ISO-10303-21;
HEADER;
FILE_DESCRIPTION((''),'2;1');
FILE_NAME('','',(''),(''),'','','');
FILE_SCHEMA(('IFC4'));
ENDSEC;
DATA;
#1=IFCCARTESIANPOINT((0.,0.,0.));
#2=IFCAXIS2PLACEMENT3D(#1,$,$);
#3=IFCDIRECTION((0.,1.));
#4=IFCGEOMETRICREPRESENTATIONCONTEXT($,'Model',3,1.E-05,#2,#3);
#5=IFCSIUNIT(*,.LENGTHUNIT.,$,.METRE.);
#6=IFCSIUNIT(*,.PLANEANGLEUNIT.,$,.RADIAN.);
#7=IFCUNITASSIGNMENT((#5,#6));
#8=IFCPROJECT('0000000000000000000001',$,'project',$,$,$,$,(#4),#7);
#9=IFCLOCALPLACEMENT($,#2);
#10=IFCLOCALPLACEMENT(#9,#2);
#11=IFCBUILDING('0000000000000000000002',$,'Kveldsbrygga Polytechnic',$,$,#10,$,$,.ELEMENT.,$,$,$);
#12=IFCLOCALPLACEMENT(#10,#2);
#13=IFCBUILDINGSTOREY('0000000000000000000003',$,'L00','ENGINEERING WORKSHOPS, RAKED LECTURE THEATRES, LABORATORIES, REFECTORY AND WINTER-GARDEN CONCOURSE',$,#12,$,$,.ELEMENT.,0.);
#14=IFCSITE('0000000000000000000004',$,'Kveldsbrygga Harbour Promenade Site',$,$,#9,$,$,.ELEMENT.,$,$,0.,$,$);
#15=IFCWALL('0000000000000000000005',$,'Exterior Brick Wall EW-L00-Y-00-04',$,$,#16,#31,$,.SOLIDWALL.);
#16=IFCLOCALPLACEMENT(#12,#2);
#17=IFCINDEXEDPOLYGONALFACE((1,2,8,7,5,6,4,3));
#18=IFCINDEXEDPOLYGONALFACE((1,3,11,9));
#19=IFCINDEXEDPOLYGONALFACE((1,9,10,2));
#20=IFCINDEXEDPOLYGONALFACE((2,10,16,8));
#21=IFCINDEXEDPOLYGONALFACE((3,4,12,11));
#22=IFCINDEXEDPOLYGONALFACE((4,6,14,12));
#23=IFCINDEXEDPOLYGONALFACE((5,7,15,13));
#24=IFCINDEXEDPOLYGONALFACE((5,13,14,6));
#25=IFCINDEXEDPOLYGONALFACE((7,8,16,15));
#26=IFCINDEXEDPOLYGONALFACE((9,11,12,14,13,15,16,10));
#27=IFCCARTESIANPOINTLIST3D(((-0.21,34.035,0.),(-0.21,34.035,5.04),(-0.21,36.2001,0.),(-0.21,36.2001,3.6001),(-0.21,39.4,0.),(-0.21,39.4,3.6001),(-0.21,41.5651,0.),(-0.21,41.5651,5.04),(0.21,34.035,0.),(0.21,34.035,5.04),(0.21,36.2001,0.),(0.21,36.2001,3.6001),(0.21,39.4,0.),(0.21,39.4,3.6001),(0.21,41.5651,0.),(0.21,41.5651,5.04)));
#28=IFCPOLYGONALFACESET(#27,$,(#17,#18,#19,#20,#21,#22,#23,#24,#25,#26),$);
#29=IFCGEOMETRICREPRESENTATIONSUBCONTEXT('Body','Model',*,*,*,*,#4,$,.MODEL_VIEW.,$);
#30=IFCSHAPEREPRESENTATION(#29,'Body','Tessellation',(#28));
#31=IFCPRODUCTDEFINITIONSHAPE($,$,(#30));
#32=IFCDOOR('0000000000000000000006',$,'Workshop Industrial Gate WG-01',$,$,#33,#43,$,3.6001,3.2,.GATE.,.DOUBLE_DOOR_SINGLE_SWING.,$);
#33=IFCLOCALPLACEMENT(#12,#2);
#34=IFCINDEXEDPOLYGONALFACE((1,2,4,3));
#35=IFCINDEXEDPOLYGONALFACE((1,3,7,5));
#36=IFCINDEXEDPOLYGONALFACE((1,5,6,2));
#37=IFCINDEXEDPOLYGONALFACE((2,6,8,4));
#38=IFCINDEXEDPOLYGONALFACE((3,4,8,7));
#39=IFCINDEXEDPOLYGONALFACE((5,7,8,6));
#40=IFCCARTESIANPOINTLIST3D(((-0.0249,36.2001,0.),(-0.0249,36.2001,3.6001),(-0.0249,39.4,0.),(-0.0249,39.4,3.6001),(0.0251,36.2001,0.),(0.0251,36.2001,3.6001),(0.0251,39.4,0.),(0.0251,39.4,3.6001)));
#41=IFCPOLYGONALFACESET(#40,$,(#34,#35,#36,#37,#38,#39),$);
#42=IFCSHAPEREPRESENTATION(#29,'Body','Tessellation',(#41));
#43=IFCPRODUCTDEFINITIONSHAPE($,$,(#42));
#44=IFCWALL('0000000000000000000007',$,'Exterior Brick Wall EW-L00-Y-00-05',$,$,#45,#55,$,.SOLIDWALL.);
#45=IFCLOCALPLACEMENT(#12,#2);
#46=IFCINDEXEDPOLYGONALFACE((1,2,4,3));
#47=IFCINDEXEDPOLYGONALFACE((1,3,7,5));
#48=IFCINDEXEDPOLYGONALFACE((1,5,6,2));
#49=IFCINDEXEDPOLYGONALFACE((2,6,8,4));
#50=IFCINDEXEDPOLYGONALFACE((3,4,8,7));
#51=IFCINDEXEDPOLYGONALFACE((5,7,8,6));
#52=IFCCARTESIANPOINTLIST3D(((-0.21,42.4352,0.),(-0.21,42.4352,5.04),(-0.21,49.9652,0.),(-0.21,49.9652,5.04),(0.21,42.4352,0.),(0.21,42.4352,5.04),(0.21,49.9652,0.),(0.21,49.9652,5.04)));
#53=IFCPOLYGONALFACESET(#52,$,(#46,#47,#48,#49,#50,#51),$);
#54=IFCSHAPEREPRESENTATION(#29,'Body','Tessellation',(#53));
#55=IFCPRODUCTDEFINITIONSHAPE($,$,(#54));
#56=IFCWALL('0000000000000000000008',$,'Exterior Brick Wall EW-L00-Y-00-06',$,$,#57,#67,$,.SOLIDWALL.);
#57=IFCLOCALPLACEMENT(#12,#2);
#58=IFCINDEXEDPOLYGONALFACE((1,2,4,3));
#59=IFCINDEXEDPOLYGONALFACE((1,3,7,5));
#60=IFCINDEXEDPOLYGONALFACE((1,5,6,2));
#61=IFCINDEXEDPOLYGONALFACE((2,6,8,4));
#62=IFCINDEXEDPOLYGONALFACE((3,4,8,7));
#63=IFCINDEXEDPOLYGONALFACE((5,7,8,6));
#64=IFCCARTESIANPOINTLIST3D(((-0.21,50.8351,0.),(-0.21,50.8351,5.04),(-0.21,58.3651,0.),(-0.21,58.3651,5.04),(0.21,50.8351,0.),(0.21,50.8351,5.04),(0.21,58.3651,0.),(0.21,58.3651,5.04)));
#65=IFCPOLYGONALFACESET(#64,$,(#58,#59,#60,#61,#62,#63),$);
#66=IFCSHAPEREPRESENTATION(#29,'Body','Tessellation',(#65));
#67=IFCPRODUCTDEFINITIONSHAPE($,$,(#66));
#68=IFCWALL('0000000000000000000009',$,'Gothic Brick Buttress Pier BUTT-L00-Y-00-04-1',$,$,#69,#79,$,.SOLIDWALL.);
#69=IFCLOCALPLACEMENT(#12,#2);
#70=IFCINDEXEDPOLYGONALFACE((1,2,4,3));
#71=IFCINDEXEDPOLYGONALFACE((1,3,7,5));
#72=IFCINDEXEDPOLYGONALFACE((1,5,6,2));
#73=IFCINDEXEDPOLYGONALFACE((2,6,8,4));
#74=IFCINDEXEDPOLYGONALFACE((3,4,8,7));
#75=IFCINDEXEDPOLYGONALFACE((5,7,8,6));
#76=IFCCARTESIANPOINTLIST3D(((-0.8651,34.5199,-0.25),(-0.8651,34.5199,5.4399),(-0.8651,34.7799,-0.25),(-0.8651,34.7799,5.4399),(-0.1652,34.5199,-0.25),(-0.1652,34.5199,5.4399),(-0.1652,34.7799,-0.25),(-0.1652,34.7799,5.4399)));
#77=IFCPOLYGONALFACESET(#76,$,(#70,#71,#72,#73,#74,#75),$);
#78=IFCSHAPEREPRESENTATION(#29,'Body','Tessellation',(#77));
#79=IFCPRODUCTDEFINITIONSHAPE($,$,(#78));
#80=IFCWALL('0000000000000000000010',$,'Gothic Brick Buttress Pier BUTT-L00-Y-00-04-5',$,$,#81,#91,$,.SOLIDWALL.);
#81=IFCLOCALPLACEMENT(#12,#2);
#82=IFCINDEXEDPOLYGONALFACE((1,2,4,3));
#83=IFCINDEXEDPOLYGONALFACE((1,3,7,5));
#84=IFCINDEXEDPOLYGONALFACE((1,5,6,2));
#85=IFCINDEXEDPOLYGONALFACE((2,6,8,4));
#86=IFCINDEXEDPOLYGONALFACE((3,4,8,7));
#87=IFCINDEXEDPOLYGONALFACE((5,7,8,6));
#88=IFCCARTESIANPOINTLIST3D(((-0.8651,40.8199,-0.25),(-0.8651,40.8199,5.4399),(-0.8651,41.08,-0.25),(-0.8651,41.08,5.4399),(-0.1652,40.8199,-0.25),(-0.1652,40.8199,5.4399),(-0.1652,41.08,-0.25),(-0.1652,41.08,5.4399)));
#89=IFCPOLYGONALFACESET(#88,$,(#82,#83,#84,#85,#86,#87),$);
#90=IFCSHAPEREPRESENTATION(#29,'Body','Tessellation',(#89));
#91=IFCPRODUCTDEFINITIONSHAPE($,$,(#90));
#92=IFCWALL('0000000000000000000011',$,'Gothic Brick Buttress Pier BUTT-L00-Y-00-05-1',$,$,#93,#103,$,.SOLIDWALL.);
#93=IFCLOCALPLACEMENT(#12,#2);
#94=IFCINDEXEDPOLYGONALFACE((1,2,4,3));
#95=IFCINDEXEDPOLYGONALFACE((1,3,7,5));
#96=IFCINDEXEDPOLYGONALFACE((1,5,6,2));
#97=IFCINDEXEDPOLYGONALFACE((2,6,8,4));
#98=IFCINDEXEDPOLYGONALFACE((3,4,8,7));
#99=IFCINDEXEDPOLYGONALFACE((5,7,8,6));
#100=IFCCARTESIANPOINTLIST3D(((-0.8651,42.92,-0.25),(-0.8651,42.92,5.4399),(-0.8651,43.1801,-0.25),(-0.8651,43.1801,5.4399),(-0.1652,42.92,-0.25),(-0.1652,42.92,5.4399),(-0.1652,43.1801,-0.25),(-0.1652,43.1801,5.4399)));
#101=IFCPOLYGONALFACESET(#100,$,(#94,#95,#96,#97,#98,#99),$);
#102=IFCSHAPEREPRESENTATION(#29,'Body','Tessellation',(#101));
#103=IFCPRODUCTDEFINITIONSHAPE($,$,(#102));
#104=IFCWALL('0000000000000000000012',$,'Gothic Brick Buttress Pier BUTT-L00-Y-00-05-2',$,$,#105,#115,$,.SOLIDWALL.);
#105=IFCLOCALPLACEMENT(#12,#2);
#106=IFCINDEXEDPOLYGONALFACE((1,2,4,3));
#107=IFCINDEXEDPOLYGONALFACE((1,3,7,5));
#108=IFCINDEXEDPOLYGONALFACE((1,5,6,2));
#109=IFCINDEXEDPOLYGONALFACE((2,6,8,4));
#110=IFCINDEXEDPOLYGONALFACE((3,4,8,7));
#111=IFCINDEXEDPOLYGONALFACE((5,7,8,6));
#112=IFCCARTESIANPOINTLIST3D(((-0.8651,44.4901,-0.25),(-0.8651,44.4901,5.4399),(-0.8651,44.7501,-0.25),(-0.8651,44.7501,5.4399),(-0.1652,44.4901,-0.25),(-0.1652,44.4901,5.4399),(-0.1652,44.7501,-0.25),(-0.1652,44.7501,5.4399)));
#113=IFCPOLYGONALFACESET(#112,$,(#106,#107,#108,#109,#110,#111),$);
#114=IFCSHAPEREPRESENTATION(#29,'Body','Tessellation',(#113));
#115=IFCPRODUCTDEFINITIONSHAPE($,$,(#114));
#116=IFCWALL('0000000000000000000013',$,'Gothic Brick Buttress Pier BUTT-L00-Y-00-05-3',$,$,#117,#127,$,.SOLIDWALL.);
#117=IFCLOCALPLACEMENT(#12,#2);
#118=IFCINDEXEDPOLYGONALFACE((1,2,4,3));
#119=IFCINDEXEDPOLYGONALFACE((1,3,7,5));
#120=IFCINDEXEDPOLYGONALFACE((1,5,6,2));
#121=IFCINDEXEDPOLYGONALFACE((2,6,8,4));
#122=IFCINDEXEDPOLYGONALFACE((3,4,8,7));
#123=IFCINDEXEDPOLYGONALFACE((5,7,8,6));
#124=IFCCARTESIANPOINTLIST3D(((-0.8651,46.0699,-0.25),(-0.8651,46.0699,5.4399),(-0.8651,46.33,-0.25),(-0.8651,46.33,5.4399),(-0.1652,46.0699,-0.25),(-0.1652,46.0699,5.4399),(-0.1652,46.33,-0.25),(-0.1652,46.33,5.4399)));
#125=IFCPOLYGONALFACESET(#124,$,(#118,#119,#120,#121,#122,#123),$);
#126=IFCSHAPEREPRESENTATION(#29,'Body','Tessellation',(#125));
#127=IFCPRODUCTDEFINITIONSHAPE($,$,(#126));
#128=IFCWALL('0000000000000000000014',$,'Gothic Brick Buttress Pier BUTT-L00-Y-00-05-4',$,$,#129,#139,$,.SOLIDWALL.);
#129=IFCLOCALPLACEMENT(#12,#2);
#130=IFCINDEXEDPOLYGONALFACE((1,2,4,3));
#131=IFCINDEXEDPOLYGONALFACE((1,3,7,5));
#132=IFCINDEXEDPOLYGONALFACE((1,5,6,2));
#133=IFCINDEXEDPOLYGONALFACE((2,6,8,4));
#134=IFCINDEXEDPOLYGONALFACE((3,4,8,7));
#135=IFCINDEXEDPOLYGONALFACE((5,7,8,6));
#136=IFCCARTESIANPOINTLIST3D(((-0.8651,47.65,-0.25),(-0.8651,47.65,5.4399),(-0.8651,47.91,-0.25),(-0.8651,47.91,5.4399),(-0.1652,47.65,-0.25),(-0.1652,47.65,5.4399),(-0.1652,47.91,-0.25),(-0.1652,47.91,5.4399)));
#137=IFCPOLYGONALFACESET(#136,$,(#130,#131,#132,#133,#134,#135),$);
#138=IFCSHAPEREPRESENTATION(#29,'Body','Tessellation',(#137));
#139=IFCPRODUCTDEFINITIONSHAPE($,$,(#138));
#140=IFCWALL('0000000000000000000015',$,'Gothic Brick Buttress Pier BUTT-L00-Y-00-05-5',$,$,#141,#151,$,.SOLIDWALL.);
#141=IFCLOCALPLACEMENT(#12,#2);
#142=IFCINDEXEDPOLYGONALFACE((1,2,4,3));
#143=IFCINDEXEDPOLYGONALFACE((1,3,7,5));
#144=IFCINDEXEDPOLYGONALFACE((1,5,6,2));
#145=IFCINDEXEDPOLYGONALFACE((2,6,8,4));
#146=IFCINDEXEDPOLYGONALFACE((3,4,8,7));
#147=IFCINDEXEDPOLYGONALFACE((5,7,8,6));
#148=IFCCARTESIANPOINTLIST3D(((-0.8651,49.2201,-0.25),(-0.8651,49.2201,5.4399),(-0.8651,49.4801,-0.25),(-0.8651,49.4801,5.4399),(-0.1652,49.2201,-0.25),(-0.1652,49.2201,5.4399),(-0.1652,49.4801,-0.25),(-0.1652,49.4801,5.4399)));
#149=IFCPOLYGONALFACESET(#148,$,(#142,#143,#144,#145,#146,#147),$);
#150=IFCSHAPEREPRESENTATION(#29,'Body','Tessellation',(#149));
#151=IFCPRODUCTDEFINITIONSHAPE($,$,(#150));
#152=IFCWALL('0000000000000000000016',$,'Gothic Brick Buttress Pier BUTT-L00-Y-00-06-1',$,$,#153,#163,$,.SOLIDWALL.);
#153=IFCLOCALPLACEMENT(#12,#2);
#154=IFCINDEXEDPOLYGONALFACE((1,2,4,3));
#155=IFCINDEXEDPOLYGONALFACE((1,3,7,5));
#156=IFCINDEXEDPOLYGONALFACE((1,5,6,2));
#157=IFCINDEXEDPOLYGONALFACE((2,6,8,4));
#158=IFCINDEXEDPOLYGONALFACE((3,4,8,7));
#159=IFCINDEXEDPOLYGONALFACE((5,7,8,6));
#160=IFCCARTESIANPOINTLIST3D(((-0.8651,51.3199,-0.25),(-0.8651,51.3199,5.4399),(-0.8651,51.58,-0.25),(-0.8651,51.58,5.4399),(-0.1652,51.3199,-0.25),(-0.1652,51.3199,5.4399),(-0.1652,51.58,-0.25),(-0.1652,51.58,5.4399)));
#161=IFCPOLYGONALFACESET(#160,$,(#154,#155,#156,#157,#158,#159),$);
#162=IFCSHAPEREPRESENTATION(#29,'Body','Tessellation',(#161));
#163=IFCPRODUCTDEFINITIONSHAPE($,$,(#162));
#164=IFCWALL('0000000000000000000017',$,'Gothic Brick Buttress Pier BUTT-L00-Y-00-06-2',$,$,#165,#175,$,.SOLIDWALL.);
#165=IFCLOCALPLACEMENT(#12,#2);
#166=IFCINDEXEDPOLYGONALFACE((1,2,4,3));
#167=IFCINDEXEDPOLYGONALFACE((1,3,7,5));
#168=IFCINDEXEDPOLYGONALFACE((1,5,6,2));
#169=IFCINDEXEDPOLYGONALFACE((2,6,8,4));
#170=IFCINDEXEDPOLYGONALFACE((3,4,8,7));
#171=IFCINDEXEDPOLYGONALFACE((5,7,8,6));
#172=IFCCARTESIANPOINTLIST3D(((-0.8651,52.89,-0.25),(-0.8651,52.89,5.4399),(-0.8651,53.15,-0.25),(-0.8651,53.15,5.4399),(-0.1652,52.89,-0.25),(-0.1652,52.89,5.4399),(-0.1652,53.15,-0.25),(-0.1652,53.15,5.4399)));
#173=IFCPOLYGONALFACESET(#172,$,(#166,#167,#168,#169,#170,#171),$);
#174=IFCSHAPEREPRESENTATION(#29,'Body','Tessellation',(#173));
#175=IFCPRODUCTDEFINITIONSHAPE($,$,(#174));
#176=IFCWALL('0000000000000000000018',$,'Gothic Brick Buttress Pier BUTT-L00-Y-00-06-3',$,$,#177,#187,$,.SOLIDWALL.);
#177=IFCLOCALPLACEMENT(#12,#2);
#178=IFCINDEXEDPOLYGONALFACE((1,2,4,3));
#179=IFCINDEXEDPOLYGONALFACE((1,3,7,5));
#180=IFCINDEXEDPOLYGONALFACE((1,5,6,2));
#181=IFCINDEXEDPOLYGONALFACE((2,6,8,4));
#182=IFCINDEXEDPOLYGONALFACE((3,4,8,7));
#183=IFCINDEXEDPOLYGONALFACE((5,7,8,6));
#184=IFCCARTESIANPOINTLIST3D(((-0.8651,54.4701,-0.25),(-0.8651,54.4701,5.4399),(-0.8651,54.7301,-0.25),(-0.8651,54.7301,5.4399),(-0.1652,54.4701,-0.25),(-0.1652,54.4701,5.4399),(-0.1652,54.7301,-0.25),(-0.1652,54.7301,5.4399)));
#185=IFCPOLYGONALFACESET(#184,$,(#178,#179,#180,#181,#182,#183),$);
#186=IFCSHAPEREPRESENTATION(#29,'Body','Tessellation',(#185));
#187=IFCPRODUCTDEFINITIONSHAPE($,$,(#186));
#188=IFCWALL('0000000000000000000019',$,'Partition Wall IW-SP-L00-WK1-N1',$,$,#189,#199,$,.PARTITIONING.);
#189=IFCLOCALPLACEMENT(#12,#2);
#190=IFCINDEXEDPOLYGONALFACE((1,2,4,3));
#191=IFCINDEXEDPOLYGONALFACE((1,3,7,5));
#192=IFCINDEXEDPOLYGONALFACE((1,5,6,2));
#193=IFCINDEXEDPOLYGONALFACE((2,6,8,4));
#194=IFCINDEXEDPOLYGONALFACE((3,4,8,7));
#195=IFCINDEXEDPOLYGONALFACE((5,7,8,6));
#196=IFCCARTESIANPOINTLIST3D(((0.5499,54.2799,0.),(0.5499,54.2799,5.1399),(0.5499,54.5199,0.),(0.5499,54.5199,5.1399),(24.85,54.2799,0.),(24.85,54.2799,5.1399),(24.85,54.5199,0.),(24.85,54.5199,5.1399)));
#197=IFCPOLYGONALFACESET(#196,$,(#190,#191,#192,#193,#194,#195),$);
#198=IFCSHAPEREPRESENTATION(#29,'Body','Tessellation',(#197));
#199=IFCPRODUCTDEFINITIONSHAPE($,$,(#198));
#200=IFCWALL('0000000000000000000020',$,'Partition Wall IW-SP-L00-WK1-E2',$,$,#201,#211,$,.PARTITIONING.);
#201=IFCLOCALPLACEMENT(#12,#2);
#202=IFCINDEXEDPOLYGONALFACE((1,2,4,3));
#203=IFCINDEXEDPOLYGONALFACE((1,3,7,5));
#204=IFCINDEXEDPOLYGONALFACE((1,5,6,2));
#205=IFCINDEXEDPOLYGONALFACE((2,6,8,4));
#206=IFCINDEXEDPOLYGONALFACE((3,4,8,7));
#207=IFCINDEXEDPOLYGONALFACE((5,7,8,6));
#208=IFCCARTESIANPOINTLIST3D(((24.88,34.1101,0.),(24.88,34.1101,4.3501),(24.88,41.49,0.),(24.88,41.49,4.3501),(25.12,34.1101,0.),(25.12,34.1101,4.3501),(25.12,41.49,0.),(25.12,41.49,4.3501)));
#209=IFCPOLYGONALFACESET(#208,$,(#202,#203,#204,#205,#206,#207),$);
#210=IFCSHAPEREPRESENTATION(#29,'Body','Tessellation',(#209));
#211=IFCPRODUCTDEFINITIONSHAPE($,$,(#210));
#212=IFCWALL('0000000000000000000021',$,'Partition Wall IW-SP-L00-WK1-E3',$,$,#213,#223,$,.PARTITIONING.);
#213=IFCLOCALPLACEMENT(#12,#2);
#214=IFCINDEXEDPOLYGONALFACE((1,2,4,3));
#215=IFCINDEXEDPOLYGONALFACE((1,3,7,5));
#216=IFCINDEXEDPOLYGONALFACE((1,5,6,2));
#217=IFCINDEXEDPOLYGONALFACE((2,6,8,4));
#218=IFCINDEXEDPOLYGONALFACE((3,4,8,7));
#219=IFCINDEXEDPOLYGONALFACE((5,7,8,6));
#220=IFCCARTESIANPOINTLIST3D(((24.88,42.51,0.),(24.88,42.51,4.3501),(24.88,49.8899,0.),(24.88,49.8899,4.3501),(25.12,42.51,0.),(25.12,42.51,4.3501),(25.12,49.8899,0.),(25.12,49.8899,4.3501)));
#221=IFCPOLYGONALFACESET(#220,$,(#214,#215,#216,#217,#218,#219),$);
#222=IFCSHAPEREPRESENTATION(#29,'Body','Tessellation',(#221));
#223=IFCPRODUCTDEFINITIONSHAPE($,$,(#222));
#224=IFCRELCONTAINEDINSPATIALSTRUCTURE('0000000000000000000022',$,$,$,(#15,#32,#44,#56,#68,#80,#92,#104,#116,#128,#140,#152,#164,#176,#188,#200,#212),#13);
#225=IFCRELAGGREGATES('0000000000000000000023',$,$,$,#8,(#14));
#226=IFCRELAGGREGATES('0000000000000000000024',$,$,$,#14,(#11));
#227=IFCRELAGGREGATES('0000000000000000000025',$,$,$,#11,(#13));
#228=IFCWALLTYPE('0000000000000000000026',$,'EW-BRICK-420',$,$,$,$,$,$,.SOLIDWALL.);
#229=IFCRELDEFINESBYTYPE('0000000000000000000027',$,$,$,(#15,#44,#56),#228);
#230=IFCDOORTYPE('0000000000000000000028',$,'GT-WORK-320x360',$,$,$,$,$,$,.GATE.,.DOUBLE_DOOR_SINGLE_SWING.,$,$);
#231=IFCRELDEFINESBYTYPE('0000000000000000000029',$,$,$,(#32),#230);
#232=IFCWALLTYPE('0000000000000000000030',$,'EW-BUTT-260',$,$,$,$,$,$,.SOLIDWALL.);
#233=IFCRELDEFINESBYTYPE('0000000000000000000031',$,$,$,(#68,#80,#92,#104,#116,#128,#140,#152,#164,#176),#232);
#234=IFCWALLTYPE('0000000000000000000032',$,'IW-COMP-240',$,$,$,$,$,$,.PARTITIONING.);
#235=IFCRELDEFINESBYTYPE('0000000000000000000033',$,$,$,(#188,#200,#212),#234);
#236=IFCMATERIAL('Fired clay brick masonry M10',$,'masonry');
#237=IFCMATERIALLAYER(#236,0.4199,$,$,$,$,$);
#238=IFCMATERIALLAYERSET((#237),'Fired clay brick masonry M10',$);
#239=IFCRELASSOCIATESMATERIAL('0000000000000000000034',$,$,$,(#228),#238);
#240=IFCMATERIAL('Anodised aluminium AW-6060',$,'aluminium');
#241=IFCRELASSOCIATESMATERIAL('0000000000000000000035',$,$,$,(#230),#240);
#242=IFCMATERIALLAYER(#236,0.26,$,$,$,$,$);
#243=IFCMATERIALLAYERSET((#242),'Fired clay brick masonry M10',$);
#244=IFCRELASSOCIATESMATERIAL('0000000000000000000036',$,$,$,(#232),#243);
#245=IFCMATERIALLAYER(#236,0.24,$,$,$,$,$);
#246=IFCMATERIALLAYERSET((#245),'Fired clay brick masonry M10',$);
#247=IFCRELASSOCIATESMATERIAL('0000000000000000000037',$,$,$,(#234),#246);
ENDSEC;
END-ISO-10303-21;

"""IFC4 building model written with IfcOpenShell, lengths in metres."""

from ifc_helpers import new_model, si_unit, direction, frame, frame_2d, origin, place, context, subcontext, project, spatial, rectangle, extrude, material, layer, layer_set, type_object, element, fill, save


model = new_model("IFC4")

# Units and contexts
model_context = context("Model", 3, precision=1e-05, world=origin(), true_north=direction((0.0, 1.0)))
body_context = subcontext(model_context, "Body", "Model", "MODEL_VIEW")
ifc_project = project(units=[si_unit("LENGTHUNIT", "METRE"), si_unit("PLANEANGLEUNIT", "RADIAN")], contexts=[model_context])

# Site, building, storey
site_placement = place(None, origin())
site = spatial("IfcSite", under=ifc_project, at=site_placement, Name="Kveldsbrygga Harbour Promenade Site", CompositionType="ELEMENT", RefElevation=0.0)
building_placement = place(site_placement, origin())
building = spatial("IfcBuilding", under=site, at=building_placement, Name="Kveldsbrygga Polytechnic", CompositionType="ELEMENT")
storey_placement = place(building_placement, origin())
storey = spatial("IfcBuildingStorey", under=building, at=storey_placement, Name="L00", Description="ENGINEERING WORKSHOPS, RAKED LECTURE THEATRES, LABORATORIES, REFECTORY AND WINTER-GARDEN CONCOURSE", CompositionType="ELEMENT", Elevation=0.0)

# Wall, opening, door
ifc_material_1 = material(Name="Fired clay brick masonry M10", Category="masonry")
ifc_layer_1 = layer(ifc_material_1, 0.4199)
ifc_layer_set_1 = layer_set([ifc_layer_1], Name="Fired clay brick masonry M10")
wall_type_1 = type_object("IfcWallType", Name="EW-BRICK-420", PredefinedType="SOLIDWALL", material=ifc_layer_set_1)
wall_1_placement = place(storey_placement, frame((0.0, 34.0349, 0.0), z_axis=(0.0, 0.0, 1.0), x_axis=(0.0, 1.0, 0.0)))
wall_1 = element("IfcWall", 1, at=wall_1_placement, inside=storey, type_object=wall_type_1, Name="Exterior Brick Wall EW-L00-Y-00-04", PredefinedType="SOLIDWALL", context=body_context, shape_type="SweptSolid", body=[
    extrude(rectangle(XDim=7.53, YDim=0.4199, at=frame_2d((3.7651, 0.0))), origin(), (0.0, 0.0, 1.0), 5.04),
])
opening_1_placement = place(wall_1_placement, frame((2.165, 0.0, 0.0)))
opening_1 = element("IfcOpeningElement", 2, at=opening_1_placement, cuts=wall_1, PredefinedType="OPENING", context=body_context, shape_type="SweptSolid", body=[
    extrude(rectangle(XDim=3.2, YDim=3.6001, at=frame_2d((1.6001, 1.8))), frame((0.0, 0.22, 0.0), z_axis=(0.0, -1.0, 0.0), x_axis=(1.0, 0.0, 0.0)), (0.0, 0.0, 1.0), 0.4399),
])
ifc_material_2 = material(Name="Anodised aluminium AW-6060", Category="aluminium")
door_type_1 = type_object("IfcDoorType", Name="GT-WORK-320x360", OperationType="DOUBLE_DOOR_SINGLE_SWING", PredefinedType="GATE", material=ifc_material_2)
door_1_placement = place(opening_1_placement, origin())
door_1 = element("IfcDoor", 3, at=door_1_placement, inside=storey, type_object=door_type_1, Name="Workshop Industrial Gate WG-01", OperationType="DOUBLE_DOOR_SINGLE_SWING", OverallHeight=3.6001, OverallWidth=3.2, PredefinedType="GATE", context=body_context, shape_type="SweptSolid", body=[
    extrude(rectangle(XDim=3.2, YDim=3.6001, at=frame_2d((1.6001, 1.8))), frame((0.0, 0.0249, 0.0), z_axis=(0.0, -1.0, 0.0), x_axis=(1.0, 0.0, 0.0)), (0.0, 0.0, 1.0), 0.05),
])
fill(opening_1, door_1)

# Walls
for number, where, z_axis, x_axis, name in (
    (4, (0.0, 42.4351, 0.0), (0.0, 0.0, 1.0), (0.0, 1.0, 0.0), "Exterior Brick Wall EW-L00-Y-00-05"),
    (5, (0.0, 50.835, 0.0), (0.0, 0.0, 1.0), (0.0, 1.0, 0.0), "Exterior Brick Wall EW-L00-Y-00-06"),
):
    element("IfcWall", number, at=place(storey_placement, frame(where, z_axis=z_axis, x_axis=x_axis)), inside=storey, type_object=wall_type_1, Name=name, PredefinedType="SOLIDWALL", context=body_context, shape_type="SweptSolid", body=[
        extrude(rectangle(XDim=7.53, YDim=0.4199, at=frame_2d((3.7651, 0.0))), origin(), (0.0, 0.0, 1.0), 5.04),
    ])
ifc_layer_2 = layer(ifc_material_1, 0.26)
ifc_layer_set_2 = layer_set([ifc_layer_2], Name="Fired clay brick masonry M10")
wall_type_2 = type_object("IfcWallType", Name="EW-BUTT-260", PredefinedType="SOLIDWALL", material=ifc_layer_set_2)
for number, where, z_axis, x_axis, name in (
    (6, (-0.165, 34.6499, -0.25), (0.0, 0.0, 1.0), (-1.0, 0.0, 0.0), "Gothic Brick Buttress Pier BUTT-L00-Y-00-04-1"),
    (7, (-0.165, 40.95, -0.25), (0.0, 0.0, 1.0), (-1.0, 0.0, 0.0), "Gothic Brick Buttress Pier BUTT-L00-Y-00-04-5"),
    (8, (-0.165, 43.05, -0.25), (0.0, 0.0, 1.0), (-1.0, 0.0, 0.0), "Gothic Brick Buttress Pier BUTT-L00-Y-00-05-1"),
    (9, (-0.165, 44.6201, -0.25), (0.0, 0.0, 1.0), (-1.0, 0.0, 0.0), "Gothic Brick Buttress Pier BUTT-L00-Y-00-05-2"),
    (10, (-0.165, 46.2, -0.25), (0.0, 0.0, 1.0), (-1.0, 0.0, 0.0), "Gothic Brick Buttress Pier BUTT-L00-Y-00-05-3"),
    (11, (-0.165, 47.78, -0.25), (0.0, 0.0, 1.0), (-1.0, 0.0, 0.0), "Gothic Brick Buttress Pier BUTT-L00-Y-00-05-4"),
    (12, (-0.165, 49.3501, -0.25), (0.0, 0.0, 1.0), (-1.0, 0.0, 0.0), "Gothic Brick Buttress Pier BUTT-L00-Y-00-05-5"),
    (13, (-0.165, 51.45, -0.25), (0.0, 0.0, 1.0), (-1.0, 0.0, 0.0), "Gothic Brick Buttress Pier BUTT-L00-Y-00-06-1"),
    (14, (-0.165, 53.02, -0.25), (0.0, 0.0, 1.0), (-1.0, 0.0, 0.0), "Gothic Brick Buttress Pier BUTT-L00-Y-00-06-2"),
    (15, (-0.165, 54.6001, -0.25), (0.0, 0.0, 1.0), (-1.0, 0.0, 0.0), "Gothic Brick Buttress Pier BUTT-L00-Y-00-06-3"),
):
    element("IfcWall", number, at=place(storey_placement, frame(where, z_axis=z_axis, x_axis=x_axis)), inside=storey, type_object=wall_type_2, Name=name, PredefinedType="SOLIDWALL", context=body_context, shape_type="SweptSolid", body=[
        extrude(rectangle(XDim=0.7, YDim=0.26, at=frame_2d((0.3501, 0.0))), origin(), (0.0, 0.0, 1.0), 5.6899),
    ])
ifc_layer_3 = layer(ifc_material_1, 0.24)
ifc_layer_set_3 = layer_set([ifc_layer_3], Name="Fired clay brick masonry M10")
wall_type_3 = type_object("IfcWallType", Name="IW-COMP-240", PredefinedType="PARTITIONING", material=ifc_layer_set_3)
wall_2_placement = place(storey_placement, frame((0.55, 54.3999, 0.0), z_axis=(0.0, 0.0, 1.0), x_axis=(1.0, 0.0, 0.0)))
element("IfcWall", 16, at=wall_2_placement, inside=storey, type_object=wall_type_3, Name="Partition Wall IW-SP-L00-WK1-N1", PredefinedType="PARTITIONING", context=body_context, shape_type="SweptSolid", body=[
    extrude(rectangle(XDim=24.3, YDim=0.24, at=frame_2d((12.1499, 0.0))), origin(), (0.0, 0.0, 1.0), 5.1399),
])
for number, where, z_axis, x_axis, name in (
    (17, (25.0, 34.1101, 0.0), (0.0, 0.0, 1.0), (0.0, 1.0, 0.0), "Partition Wall IW-SP-L00-WK1-E2"),
    (18, (25.0, 42.51, 0.0), (0.0, 0.0, 1.0), (0.0, 1.0, 0.0), "Partition Wall IW-SP-L00-WK1-E3"),
):
    element("IfcWall", number, at=place(storey_placement, frame(where, z_axis=z_axis, x_axis=x_axis)), inside=storey, type_object=wall_type_3, Name=name, PredefinedType="PARTITIONING", context=body_context, shape_type="SweptSolid", body=[
        extrude(rectangle(XDim=7.3799, YDim=0.24, at=frame_2d((3.6899, 0.0))), origin(), (0.0, 0.0, 1.0), 4.3501),
    ])

save(model, "model.ifc")
